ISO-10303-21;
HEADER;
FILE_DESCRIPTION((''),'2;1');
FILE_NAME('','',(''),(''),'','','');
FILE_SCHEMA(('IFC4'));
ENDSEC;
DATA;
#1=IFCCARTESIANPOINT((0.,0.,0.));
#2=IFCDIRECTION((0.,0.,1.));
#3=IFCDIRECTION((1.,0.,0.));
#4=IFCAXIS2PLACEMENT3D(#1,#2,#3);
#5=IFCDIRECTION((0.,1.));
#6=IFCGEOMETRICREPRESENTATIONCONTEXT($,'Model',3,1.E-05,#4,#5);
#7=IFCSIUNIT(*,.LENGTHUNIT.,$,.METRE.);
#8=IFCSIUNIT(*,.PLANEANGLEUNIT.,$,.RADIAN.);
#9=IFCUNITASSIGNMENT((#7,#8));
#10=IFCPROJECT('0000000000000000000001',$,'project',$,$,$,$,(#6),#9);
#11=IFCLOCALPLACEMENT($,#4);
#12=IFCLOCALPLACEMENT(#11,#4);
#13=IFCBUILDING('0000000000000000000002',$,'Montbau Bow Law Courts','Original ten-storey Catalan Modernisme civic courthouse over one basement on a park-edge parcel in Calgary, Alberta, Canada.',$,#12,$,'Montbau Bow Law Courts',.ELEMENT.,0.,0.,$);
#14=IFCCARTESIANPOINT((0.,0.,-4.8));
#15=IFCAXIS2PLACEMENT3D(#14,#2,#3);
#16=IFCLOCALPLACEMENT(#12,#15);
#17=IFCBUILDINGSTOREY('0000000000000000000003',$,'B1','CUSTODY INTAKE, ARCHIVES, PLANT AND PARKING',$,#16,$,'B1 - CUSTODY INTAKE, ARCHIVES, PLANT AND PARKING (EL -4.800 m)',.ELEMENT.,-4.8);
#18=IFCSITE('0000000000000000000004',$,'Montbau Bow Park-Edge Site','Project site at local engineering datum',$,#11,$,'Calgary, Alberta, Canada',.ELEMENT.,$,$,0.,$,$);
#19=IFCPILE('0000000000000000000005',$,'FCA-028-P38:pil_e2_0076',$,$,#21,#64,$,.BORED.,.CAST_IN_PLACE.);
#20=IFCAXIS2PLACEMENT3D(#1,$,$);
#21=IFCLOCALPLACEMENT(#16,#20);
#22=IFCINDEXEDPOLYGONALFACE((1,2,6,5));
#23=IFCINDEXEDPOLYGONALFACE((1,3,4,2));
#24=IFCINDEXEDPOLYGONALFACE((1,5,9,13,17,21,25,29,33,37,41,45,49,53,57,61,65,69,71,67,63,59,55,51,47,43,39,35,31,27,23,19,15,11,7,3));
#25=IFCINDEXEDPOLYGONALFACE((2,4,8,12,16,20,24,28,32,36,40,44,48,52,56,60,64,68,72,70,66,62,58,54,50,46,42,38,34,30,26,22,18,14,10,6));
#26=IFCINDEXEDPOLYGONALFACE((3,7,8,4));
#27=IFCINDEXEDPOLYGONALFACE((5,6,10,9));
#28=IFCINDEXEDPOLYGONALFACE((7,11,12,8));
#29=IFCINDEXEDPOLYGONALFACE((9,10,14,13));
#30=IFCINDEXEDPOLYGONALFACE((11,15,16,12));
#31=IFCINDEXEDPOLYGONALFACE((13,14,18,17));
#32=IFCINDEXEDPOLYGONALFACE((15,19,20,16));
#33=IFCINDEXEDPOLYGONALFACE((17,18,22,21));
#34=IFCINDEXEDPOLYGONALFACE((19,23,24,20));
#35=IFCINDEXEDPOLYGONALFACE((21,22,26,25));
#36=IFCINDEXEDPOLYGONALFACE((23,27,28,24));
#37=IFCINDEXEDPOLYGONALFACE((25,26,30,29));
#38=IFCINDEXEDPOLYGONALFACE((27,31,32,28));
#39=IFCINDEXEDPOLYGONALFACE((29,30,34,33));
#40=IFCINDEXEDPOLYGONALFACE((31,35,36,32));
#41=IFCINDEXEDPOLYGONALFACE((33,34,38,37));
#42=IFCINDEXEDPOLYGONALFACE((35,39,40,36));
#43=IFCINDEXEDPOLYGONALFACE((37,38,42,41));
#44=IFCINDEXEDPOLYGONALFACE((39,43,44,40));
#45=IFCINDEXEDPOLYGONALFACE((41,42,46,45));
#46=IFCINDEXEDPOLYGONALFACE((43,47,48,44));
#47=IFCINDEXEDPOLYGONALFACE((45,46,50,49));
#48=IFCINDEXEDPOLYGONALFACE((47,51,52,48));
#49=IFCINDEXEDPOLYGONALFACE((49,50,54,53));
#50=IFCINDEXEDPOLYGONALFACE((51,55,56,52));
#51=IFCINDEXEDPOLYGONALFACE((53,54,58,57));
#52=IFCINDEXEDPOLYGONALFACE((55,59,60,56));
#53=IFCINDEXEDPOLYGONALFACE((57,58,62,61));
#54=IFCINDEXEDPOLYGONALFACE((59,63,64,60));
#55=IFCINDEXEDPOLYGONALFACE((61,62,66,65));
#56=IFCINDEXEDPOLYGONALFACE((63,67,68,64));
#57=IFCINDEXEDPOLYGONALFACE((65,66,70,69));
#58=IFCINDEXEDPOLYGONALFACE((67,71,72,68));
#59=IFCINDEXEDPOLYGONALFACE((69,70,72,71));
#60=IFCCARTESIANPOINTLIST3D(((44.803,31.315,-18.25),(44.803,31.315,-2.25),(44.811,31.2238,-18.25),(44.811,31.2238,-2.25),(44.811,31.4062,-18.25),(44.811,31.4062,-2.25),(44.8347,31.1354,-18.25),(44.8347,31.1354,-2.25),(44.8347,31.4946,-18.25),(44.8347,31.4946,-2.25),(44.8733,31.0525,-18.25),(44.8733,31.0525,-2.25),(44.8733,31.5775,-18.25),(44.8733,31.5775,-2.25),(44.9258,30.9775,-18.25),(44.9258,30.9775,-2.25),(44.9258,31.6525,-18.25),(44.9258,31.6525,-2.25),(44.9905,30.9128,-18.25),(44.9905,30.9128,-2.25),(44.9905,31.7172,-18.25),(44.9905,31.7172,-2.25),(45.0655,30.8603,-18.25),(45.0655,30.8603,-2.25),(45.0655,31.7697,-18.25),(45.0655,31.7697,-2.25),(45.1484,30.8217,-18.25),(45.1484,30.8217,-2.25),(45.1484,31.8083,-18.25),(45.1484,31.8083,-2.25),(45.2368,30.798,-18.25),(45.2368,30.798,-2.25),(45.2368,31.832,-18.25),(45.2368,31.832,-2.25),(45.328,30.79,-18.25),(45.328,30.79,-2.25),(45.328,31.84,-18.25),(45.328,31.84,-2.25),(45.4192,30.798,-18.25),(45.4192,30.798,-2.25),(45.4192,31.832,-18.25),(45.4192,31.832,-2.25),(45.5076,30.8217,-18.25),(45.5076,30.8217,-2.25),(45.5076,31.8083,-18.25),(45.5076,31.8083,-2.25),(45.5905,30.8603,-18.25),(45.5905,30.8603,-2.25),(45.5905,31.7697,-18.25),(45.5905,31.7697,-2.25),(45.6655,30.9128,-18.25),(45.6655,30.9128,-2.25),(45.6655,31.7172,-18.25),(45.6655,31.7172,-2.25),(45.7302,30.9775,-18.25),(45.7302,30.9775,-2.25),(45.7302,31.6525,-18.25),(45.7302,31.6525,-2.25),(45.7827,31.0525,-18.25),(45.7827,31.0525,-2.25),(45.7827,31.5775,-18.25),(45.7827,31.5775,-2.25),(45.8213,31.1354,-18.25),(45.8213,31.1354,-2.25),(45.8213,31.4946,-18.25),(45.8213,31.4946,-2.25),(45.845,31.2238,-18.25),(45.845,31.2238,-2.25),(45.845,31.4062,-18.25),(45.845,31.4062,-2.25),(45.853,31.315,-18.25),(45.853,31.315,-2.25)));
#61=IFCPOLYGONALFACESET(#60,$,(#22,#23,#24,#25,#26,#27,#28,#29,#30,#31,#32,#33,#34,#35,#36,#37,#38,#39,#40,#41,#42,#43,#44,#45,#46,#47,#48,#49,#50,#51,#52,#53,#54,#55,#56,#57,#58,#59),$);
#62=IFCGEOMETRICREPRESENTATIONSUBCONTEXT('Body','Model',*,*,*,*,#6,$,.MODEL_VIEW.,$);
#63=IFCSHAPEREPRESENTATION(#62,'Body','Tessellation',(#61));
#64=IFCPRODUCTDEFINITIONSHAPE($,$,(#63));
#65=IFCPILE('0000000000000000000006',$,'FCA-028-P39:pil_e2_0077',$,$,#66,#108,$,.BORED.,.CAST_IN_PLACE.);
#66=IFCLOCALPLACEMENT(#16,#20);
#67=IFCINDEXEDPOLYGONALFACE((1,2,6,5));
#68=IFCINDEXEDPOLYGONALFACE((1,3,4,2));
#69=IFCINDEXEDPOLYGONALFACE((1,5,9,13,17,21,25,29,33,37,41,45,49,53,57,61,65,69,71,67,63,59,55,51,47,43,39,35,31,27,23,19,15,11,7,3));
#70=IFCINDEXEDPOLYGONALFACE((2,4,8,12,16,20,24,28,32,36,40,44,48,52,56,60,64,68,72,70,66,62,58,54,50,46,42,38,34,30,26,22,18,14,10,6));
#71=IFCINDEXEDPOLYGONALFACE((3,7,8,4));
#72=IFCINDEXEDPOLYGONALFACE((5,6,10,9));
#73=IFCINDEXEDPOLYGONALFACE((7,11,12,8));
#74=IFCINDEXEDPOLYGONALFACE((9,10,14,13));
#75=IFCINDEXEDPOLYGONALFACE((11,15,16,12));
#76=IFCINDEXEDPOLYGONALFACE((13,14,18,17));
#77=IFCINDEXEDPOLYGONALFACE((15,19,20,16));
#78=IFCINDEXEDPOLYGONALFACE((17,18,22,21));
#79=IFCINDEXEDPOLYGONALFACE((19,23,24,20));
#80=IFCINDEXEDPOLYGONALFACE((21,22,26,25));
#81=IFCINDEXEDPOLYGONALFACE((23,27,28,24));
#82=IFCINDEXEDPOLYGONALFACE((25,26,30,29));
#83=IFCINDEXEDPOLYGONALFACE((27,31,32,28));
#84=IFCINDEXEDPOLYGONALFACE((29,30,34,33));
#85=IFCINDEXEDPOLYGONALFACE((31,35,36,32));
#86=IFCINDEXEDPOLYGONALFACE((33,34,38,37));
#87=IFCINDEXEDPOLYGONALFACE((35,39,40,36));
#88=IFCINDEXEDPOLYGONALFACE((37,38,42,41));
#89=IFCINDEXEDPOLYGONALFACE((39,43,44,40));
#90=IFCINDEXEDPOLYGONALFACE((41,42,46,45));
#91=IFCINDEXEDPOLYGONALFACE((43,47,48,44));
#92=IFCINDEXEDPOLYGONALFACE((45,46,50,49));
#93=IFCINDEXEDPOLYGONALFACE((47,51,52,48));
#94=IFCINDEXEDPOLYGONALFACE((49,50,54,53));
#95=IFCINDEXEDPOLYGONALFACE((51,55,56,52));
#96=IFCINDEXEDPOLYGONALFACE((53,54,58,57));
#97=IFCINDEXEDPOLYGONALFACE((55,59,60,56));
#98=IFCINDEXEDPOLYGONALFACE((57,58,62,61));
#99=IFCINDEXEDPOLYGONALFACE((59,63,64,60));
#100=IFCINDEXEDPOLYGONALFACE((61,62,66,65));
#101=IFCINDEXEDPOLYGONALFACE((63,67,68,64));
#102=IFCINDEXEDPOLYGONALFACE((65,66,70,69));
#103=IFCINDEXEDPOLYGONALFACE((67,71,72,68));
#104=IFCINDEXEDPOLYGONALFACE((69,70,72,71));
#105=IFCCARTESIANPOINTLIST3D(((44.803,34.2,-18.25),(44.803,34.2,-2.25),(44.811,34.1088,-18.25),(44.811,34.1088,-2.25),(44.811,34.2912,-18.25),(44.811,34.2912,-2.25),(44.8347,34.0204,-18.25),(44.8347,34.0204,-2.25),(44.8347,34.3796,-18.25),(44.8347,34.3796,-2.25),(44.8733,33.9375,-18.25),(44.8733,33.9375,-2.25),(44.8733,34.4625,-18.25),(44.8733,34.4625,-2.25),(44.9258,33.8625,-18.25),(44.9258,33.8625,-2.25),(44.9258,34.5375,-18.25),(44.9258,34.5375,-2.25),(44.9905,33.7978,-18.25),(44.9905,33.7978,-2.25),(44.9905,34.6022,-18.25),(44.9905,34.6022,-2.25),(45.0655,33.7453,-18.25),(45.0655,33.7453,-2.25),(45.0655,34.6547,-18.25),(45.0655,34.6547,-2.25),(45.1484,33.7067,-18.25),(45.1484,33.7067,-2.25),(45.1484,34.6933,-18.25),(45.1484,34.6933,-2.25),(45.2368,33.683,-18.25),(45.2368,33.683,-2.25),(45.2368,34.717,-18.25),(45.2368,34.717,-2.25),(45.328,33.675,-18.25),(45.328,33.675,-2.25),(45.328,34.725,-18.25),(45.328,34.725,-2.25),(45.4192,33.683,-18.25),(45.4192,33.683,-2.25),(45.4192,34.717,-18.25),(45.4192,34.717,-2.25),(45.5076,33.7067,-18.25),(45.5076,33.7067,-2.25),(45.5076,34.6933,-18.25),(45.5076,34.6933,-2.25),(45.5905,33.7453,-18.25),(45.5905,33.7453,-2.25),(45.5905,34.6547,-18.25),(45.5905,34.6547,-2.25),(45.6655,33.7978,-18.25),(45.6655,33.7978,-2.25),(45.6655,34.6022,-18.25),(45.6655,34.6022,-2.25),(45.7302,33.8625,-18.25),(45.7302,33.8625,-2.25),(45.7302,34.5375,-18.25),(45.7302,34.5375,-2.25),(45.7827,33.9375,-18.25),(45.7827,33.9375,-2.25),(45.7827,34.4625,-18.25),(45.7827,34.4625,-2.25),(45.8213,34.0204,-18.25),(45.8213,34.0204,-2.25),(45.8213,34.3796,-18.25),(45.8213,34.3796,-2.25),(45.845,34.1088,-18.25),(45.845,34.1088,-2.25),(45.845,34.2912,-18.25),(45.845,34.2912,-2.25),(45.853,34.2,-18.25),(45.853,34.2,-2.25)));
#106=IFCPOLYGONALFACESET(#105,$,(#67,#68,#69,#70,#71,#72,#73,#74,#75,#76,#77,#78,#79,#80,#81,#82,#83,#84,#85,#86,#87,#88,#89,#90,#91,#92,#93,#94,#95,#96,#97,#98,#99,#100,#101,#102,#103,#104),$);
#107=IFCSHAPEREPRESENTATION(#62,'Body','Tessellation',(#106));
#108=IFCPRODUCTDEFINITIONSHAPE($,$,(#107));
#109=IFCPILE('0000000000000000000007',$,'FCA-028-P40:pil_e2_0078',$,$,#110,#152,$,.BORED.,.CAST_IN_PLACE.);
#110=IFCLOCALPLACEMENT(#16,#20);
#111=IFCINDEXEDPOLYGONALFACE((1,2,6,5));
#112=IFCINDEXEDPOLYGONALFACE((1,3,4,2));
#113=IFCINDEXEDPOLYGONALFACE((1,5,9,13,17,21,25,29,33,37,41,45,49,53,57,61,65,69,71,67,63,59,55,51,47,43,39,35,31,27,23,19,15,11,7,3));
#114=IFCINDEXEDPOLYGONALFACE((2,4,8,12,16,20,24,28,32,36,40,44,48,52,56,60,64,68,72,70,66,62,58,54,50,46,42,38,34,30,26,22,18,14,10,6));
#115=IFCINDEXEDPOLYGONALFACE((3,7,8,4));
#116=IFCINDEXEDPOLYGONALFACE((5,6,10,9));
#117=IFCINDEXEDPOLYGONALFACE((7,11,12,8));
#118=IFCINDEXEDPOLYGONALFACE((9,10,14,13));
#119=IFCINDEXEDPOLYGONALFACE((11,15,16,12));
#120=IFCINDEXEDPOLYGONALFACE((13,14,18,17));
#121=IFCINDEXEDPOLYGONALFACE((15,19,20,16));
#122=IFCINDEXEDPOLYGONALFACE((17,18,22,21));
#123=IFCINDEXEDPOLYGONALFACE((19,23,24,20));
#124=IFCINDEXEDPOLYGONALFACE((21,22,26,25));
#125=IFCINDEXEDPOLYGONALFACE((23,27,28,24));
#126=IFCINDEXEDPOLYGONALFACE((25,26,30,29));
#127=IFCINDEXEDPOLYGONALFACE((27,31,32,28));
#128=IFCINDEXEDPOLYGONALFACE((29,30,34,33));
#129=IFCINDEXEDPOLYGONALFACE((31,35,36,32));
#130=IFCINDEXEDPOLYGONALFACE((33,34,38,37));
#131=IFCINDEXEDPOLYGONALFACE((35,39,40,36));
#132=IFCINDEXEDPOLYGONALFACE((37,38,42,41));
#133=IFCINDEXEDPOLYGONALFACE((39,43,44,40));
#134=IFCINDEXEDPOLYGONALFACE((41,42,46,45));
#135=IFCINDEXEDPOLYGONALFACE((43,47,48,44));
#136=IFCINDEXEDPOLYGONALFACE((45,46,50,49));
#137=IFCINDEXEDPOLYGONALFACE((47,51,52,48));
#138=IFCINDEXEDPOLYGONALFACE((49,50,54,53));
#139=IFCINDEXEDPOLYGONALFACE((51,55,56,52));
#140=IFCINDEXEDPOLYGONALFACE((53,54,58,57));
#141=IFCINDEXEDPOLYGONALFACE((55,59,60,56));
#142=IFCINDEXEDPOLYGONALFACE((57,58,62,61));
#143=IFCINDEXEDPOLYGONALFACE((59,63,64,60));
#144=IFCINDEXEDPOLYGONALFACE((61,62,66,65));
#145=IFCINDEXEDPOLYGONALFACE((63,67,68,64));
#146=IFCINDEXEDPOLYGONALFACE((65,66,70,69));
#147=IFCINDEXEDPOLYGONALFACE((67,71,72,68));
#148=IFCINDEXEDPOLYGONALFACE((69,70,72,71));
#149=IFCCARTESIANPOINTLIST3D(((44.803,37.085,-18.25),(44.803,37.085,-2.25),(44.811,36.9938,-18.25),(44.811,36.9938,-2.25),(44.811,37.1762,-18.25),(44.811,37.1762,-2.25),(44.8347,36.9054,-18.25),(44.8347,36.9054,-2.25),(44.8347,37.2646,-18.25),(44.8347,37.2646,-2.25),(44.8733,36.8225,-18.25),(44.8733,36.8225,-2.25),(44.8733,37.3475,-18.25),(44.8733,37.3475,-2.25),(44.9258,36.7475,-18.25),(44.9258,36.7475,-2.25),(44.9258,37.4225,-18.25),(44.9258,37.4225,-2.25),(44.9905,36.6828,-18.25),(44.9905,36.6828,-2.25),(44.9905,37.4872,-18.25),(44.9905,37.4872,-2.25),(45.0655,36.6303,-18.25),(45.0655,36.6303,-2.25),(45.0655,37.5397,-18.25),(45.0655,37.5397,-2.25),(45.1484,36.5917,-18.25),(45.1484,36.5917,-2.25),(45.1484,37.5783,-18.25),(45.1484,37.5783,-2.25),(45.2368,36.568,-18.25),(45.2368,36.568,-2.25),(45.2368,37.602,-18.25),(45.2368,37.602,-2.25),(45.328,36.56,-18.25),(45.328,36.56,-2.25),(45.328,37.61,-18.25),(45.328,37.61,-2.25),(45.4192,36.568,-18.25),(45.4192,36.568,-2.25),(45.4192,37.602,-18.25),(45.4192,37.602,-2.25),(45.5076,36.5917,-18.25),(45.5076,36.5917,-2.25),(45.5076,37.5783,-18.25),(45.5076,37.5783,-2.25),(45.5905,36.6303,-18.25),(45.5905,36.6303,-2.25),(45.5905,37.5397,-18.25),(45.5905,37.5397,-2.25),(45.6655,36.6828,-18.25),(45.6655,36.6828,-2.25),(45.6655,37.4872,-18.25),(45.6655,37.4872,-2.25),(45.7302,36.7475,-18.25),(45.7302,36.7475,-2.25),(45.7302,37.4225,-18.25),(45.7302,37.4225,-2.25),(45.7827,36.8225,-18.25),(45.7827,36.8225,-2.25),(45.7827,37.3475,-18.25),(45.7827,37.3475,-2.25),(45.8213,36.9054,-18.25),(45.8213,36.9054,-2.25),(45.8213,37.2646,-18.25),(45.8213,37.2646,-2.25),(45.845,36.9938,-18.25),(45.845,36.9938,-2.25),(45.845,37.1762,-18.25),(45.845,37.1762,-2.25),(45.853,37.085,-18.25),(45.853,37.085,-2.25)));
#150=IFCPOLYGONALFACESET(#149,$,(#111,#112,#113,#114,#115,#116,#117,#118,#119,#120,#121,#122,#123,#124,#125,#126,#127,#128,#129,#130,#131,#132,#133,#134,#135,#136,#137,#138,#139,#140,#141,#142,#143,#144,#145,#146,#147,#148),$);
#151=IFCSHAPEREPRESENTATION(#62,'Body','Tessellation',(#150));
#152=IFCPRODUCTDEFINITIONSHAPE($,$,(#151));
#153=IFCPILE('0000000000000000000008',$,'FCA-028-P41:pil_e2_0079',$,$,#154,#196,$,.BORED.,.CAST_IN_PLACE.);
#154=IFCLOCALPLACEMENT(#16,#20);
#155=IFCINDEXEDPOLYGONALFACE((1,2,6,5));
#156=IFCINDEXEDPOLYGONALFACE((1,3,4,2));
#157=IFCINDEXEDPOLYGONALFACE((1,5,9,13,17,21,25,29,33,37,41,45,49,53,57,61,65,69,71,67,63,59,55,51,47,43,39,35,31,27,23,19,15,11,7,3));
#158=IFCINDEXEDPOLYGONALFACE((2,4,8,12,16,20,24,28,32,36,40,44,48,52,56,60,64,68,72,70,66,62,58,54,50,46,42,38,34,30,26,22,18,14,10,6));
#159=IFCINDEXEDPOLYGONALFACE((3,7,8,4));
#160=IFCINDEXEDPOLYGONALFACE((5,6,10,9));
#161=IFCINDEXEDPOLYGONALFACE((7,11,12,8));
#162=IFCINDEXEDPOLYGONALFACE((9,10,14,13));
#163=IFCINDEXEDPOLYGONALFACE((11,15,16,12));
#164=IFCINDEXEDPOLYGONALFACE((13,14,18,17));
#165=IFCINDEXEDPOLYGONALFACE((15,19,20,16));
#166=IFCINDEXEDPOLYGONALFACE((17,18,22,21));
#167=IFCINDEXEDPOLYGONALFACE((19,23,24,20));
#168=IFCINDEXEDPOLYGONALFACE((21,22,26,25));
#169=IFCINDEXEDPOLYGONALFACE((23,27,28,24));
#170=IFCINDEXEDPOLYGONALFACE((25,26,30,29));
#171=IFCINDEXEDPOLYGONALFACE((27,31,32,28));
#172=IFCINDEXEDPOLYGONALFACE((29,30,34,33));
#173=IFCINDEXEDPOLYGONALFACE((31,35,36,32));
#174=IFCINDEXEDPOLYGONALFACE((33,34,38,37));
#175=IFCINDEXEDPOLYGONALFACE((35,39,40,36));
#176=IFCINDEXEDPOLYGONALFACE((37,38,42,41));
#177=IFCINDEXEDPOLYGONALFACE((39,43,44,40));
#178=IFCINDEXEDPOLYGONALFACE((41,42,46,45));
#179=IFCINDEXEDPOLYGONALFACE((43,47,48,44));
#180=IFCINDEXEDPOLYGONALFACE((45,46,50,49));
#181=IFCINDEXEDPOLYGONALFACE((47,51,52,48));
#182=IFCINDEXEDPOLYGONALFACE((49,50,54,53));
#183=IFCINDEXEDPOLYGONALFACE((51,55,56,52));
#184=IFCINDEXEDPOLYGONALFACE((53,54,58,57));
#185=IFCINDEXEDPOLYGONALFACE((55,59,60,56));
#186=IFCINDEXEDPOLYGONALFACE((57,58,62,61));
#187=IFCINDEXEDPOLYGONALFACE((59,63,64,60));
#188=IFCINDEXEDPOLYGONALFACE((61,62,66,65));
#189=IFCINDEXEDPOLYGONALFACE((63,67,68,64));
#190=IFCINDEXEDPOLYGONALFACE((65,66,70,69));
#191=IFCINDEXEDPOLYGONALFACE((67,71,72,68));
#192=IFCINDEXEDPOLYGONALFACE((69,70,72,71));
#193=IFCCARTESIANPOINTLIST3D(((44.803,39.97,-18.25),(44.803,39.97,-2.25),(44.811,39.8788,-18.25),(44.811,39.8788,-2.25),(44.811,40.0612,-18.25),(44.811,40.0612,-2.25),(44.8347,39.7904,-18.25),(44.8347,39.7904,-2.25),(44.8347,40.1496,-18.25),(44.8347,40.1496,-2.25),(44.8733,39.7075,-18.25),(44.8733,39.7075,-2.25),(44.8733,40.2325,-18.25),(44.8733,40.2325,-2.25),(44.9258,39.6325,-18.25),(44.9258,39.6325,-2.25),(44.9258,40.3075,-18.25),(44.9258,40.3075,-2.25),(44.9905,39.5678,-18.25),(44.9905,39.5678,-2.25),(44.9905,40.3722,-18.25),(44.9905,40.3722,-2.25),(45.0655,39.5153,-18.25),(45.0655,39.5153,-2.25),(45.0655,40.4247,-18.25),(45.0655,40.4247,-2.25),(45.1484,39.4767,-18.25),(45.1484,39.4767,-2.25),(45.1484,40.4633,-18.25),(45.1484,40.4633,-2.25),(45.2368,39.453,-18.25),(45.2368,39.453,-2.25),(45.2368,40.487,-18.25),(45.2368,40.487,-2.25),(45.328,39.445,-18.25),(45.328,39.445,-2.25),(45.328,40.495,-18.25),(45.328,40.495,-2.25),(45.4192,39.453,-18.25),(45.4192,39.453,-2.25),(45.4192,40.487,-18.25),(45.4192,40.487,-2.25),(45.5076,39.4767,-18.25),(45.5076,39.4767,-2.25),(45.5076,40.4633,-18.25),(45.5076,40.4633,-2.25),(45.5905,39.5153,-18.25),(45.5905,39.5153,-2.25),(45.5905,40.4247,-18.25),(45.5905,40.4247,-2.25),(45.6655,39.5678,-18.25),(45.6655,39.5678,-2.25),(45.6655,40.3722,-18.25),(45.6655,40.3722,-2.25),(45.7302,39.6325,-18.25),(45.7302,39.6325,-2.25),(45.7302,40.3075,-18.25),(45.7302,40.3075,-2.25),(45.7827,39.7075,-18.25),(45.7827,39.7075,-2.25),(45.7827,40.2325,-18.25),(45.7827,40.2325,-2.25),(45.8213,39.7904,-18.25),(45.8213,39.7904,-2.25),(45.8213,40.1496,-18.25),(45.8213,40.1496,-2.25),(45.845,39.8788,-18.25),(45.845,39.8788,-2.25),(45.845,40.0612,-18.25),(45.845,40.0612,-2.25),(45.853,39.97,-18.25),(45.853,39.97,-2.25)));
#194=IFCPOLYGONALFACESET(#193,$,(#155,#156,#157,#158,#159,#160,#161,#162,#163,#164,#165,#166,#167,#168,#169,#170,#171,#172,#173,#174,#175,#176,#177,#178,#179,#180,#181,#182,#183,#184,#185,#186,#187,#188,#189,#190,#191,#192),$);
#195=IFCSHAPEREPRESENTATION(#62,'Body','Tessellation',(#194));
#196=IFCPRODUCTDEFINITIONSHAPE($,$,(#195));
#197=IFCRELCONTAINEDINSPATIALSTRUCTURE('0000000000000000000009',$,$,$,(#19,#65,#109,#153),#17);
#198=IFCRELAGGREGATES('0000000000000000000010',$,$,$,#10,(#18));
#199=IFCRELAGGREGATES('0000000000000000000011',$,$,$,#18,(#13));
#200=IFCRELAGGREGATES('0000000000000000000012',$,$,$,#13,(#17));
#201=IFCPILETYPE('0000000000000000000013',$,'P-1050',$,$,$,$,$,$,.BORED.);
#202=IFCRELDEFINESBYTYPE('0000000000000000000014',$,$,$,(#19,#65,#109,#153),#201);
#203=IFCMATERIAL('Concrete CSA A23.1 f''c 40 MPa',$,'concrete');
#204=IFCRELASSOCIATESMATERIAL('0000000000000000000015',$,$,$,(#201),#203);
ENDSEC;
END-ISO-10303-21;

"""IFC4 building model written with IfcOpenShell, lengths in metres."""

from ifc_helpers import new_model, si_unit, direction, frame, origin_with_axes, origin_2d_with_axis, place, context, subcontext, project, spatial, circle, extrude, material, material_profile, profile_set, type_object, element, save


model = new_model("IFC4")

# Units and contexts
model_context = context("Model", 3, precision=1e-05, world=origin_with_axes(), true_north=direction((0.0, 1.0)))
body_context = subcontext(model_context, "Body", "Model", "MODEL_VIEW")
ifc_project = project(units=[si_unit("LENGTHUNIT", "METRE"), si_unit("PLANEANGLEUNIT", "RADIAN")], contexts=[model_context])

# Site, building, storey
site_placement = place(None, origin_with_axes())
site = spatial("IfcSite", under=ifc_project, at=site_placement, Name="Montbau Bow Park-Edge Site", Description="Project site at local engineering datum", LongName="Calgary, Alberta, Canada", CompositionType="ELEMENT", RefElevation=0.0)
building_placement = place(site_placement, origin_with_axes())
building = spatial("IfcBuilding", under=site, at=building_placement, Name="Montbau Bow Law Courts", Description="Original ten-storey Catalan Modernisme civic courthouse over one basement on a park-edge parcel in Calgary, Alberta, Canada.", LongName="Montbau Bow Law Courts", CompositionType="ELEMENT", ElevationOfRefHeight=0.0, ElevationOfTerrain=0.0)
storey_placement = place(building_placement, frame((0.0, 0.0, -4.8), z_axis=(0.0, 0.0, 1.0), x_axis=(1.0, 0.0, 0.0)))
storey = spatial("IfcBuildingStorey", under=building, at=storey_placement, Name="B1", Description="CUSTODY INTAKE, ARCHIVES, PLANT AND PARKING", LongName="B1 - CUSTODY INTAKE, ARCHIVES, PLANT AND PARKING (EL -4.800 m)", CompositionType="ELEMENT", Elevation=-4.8)

# Piles
ifc_material_1 = material(Name="Concrete CSA A23.1 f'c 40 MPa", Category="concrete")
ifc_material_profile_1 = material_profile(ifc_material_1, circle(Radius=0.525, at=origin_2d_with_axis()), Name="BP1050", Category="Main", Priority=0)
ifc_profile_set_1 = profile_set([ifc_material_profile_1], Name="Concrete CSA A23.1 f'c 40 MPa")
pile_type = type_object("IfcPileType", Name="P-1050", PredefinedType="BORED", material=ifc_profile_set_1)
for number, where, z_axis, x_axis, name in (
    (1, (45.328, 31.315, -23.05), (0.0, 0.0, 1.0), (1.0, 0.0, 0.0), "FCA-028-P38:pil_e2_0076"),
    (2, (45.328, 34.2, -23.05), (0.0, 0.0, 1.0), (1.0, 0.0, 0.0), "FCA-028-P39:pil_e2_0077"),
    (3, (45.328, 37.085, -23.05), (0.0, 0.0, 1.0), (1.0, 0.0, 0.0), "FCA-028-P40:pil_e2_0078"),
    (4, (45.328, 39.97, -23.05), (0.0, 0.0, 1.0), (1.0, 0.0, 0.0), "FCA-028-P41:pil_e2_0079"),
):
    element("IfcPile", number, at=place(None, frame(where, z_axis=z_axis, x_axis=x_axis)), inside=storey, type_object=pile_type, Name=name, ConstructionType="CAST_IN_PLACE", PredefinedType="BORED", context=body_context, shape_type="SweptSolid", body=[
        extrude(circle(Radius=0.525, at=origin_2d_with_axis()), origin_with_axes(), (0.0, 0.0, 1.0), 16.0),
    ])

save(model, "model.ifc")
